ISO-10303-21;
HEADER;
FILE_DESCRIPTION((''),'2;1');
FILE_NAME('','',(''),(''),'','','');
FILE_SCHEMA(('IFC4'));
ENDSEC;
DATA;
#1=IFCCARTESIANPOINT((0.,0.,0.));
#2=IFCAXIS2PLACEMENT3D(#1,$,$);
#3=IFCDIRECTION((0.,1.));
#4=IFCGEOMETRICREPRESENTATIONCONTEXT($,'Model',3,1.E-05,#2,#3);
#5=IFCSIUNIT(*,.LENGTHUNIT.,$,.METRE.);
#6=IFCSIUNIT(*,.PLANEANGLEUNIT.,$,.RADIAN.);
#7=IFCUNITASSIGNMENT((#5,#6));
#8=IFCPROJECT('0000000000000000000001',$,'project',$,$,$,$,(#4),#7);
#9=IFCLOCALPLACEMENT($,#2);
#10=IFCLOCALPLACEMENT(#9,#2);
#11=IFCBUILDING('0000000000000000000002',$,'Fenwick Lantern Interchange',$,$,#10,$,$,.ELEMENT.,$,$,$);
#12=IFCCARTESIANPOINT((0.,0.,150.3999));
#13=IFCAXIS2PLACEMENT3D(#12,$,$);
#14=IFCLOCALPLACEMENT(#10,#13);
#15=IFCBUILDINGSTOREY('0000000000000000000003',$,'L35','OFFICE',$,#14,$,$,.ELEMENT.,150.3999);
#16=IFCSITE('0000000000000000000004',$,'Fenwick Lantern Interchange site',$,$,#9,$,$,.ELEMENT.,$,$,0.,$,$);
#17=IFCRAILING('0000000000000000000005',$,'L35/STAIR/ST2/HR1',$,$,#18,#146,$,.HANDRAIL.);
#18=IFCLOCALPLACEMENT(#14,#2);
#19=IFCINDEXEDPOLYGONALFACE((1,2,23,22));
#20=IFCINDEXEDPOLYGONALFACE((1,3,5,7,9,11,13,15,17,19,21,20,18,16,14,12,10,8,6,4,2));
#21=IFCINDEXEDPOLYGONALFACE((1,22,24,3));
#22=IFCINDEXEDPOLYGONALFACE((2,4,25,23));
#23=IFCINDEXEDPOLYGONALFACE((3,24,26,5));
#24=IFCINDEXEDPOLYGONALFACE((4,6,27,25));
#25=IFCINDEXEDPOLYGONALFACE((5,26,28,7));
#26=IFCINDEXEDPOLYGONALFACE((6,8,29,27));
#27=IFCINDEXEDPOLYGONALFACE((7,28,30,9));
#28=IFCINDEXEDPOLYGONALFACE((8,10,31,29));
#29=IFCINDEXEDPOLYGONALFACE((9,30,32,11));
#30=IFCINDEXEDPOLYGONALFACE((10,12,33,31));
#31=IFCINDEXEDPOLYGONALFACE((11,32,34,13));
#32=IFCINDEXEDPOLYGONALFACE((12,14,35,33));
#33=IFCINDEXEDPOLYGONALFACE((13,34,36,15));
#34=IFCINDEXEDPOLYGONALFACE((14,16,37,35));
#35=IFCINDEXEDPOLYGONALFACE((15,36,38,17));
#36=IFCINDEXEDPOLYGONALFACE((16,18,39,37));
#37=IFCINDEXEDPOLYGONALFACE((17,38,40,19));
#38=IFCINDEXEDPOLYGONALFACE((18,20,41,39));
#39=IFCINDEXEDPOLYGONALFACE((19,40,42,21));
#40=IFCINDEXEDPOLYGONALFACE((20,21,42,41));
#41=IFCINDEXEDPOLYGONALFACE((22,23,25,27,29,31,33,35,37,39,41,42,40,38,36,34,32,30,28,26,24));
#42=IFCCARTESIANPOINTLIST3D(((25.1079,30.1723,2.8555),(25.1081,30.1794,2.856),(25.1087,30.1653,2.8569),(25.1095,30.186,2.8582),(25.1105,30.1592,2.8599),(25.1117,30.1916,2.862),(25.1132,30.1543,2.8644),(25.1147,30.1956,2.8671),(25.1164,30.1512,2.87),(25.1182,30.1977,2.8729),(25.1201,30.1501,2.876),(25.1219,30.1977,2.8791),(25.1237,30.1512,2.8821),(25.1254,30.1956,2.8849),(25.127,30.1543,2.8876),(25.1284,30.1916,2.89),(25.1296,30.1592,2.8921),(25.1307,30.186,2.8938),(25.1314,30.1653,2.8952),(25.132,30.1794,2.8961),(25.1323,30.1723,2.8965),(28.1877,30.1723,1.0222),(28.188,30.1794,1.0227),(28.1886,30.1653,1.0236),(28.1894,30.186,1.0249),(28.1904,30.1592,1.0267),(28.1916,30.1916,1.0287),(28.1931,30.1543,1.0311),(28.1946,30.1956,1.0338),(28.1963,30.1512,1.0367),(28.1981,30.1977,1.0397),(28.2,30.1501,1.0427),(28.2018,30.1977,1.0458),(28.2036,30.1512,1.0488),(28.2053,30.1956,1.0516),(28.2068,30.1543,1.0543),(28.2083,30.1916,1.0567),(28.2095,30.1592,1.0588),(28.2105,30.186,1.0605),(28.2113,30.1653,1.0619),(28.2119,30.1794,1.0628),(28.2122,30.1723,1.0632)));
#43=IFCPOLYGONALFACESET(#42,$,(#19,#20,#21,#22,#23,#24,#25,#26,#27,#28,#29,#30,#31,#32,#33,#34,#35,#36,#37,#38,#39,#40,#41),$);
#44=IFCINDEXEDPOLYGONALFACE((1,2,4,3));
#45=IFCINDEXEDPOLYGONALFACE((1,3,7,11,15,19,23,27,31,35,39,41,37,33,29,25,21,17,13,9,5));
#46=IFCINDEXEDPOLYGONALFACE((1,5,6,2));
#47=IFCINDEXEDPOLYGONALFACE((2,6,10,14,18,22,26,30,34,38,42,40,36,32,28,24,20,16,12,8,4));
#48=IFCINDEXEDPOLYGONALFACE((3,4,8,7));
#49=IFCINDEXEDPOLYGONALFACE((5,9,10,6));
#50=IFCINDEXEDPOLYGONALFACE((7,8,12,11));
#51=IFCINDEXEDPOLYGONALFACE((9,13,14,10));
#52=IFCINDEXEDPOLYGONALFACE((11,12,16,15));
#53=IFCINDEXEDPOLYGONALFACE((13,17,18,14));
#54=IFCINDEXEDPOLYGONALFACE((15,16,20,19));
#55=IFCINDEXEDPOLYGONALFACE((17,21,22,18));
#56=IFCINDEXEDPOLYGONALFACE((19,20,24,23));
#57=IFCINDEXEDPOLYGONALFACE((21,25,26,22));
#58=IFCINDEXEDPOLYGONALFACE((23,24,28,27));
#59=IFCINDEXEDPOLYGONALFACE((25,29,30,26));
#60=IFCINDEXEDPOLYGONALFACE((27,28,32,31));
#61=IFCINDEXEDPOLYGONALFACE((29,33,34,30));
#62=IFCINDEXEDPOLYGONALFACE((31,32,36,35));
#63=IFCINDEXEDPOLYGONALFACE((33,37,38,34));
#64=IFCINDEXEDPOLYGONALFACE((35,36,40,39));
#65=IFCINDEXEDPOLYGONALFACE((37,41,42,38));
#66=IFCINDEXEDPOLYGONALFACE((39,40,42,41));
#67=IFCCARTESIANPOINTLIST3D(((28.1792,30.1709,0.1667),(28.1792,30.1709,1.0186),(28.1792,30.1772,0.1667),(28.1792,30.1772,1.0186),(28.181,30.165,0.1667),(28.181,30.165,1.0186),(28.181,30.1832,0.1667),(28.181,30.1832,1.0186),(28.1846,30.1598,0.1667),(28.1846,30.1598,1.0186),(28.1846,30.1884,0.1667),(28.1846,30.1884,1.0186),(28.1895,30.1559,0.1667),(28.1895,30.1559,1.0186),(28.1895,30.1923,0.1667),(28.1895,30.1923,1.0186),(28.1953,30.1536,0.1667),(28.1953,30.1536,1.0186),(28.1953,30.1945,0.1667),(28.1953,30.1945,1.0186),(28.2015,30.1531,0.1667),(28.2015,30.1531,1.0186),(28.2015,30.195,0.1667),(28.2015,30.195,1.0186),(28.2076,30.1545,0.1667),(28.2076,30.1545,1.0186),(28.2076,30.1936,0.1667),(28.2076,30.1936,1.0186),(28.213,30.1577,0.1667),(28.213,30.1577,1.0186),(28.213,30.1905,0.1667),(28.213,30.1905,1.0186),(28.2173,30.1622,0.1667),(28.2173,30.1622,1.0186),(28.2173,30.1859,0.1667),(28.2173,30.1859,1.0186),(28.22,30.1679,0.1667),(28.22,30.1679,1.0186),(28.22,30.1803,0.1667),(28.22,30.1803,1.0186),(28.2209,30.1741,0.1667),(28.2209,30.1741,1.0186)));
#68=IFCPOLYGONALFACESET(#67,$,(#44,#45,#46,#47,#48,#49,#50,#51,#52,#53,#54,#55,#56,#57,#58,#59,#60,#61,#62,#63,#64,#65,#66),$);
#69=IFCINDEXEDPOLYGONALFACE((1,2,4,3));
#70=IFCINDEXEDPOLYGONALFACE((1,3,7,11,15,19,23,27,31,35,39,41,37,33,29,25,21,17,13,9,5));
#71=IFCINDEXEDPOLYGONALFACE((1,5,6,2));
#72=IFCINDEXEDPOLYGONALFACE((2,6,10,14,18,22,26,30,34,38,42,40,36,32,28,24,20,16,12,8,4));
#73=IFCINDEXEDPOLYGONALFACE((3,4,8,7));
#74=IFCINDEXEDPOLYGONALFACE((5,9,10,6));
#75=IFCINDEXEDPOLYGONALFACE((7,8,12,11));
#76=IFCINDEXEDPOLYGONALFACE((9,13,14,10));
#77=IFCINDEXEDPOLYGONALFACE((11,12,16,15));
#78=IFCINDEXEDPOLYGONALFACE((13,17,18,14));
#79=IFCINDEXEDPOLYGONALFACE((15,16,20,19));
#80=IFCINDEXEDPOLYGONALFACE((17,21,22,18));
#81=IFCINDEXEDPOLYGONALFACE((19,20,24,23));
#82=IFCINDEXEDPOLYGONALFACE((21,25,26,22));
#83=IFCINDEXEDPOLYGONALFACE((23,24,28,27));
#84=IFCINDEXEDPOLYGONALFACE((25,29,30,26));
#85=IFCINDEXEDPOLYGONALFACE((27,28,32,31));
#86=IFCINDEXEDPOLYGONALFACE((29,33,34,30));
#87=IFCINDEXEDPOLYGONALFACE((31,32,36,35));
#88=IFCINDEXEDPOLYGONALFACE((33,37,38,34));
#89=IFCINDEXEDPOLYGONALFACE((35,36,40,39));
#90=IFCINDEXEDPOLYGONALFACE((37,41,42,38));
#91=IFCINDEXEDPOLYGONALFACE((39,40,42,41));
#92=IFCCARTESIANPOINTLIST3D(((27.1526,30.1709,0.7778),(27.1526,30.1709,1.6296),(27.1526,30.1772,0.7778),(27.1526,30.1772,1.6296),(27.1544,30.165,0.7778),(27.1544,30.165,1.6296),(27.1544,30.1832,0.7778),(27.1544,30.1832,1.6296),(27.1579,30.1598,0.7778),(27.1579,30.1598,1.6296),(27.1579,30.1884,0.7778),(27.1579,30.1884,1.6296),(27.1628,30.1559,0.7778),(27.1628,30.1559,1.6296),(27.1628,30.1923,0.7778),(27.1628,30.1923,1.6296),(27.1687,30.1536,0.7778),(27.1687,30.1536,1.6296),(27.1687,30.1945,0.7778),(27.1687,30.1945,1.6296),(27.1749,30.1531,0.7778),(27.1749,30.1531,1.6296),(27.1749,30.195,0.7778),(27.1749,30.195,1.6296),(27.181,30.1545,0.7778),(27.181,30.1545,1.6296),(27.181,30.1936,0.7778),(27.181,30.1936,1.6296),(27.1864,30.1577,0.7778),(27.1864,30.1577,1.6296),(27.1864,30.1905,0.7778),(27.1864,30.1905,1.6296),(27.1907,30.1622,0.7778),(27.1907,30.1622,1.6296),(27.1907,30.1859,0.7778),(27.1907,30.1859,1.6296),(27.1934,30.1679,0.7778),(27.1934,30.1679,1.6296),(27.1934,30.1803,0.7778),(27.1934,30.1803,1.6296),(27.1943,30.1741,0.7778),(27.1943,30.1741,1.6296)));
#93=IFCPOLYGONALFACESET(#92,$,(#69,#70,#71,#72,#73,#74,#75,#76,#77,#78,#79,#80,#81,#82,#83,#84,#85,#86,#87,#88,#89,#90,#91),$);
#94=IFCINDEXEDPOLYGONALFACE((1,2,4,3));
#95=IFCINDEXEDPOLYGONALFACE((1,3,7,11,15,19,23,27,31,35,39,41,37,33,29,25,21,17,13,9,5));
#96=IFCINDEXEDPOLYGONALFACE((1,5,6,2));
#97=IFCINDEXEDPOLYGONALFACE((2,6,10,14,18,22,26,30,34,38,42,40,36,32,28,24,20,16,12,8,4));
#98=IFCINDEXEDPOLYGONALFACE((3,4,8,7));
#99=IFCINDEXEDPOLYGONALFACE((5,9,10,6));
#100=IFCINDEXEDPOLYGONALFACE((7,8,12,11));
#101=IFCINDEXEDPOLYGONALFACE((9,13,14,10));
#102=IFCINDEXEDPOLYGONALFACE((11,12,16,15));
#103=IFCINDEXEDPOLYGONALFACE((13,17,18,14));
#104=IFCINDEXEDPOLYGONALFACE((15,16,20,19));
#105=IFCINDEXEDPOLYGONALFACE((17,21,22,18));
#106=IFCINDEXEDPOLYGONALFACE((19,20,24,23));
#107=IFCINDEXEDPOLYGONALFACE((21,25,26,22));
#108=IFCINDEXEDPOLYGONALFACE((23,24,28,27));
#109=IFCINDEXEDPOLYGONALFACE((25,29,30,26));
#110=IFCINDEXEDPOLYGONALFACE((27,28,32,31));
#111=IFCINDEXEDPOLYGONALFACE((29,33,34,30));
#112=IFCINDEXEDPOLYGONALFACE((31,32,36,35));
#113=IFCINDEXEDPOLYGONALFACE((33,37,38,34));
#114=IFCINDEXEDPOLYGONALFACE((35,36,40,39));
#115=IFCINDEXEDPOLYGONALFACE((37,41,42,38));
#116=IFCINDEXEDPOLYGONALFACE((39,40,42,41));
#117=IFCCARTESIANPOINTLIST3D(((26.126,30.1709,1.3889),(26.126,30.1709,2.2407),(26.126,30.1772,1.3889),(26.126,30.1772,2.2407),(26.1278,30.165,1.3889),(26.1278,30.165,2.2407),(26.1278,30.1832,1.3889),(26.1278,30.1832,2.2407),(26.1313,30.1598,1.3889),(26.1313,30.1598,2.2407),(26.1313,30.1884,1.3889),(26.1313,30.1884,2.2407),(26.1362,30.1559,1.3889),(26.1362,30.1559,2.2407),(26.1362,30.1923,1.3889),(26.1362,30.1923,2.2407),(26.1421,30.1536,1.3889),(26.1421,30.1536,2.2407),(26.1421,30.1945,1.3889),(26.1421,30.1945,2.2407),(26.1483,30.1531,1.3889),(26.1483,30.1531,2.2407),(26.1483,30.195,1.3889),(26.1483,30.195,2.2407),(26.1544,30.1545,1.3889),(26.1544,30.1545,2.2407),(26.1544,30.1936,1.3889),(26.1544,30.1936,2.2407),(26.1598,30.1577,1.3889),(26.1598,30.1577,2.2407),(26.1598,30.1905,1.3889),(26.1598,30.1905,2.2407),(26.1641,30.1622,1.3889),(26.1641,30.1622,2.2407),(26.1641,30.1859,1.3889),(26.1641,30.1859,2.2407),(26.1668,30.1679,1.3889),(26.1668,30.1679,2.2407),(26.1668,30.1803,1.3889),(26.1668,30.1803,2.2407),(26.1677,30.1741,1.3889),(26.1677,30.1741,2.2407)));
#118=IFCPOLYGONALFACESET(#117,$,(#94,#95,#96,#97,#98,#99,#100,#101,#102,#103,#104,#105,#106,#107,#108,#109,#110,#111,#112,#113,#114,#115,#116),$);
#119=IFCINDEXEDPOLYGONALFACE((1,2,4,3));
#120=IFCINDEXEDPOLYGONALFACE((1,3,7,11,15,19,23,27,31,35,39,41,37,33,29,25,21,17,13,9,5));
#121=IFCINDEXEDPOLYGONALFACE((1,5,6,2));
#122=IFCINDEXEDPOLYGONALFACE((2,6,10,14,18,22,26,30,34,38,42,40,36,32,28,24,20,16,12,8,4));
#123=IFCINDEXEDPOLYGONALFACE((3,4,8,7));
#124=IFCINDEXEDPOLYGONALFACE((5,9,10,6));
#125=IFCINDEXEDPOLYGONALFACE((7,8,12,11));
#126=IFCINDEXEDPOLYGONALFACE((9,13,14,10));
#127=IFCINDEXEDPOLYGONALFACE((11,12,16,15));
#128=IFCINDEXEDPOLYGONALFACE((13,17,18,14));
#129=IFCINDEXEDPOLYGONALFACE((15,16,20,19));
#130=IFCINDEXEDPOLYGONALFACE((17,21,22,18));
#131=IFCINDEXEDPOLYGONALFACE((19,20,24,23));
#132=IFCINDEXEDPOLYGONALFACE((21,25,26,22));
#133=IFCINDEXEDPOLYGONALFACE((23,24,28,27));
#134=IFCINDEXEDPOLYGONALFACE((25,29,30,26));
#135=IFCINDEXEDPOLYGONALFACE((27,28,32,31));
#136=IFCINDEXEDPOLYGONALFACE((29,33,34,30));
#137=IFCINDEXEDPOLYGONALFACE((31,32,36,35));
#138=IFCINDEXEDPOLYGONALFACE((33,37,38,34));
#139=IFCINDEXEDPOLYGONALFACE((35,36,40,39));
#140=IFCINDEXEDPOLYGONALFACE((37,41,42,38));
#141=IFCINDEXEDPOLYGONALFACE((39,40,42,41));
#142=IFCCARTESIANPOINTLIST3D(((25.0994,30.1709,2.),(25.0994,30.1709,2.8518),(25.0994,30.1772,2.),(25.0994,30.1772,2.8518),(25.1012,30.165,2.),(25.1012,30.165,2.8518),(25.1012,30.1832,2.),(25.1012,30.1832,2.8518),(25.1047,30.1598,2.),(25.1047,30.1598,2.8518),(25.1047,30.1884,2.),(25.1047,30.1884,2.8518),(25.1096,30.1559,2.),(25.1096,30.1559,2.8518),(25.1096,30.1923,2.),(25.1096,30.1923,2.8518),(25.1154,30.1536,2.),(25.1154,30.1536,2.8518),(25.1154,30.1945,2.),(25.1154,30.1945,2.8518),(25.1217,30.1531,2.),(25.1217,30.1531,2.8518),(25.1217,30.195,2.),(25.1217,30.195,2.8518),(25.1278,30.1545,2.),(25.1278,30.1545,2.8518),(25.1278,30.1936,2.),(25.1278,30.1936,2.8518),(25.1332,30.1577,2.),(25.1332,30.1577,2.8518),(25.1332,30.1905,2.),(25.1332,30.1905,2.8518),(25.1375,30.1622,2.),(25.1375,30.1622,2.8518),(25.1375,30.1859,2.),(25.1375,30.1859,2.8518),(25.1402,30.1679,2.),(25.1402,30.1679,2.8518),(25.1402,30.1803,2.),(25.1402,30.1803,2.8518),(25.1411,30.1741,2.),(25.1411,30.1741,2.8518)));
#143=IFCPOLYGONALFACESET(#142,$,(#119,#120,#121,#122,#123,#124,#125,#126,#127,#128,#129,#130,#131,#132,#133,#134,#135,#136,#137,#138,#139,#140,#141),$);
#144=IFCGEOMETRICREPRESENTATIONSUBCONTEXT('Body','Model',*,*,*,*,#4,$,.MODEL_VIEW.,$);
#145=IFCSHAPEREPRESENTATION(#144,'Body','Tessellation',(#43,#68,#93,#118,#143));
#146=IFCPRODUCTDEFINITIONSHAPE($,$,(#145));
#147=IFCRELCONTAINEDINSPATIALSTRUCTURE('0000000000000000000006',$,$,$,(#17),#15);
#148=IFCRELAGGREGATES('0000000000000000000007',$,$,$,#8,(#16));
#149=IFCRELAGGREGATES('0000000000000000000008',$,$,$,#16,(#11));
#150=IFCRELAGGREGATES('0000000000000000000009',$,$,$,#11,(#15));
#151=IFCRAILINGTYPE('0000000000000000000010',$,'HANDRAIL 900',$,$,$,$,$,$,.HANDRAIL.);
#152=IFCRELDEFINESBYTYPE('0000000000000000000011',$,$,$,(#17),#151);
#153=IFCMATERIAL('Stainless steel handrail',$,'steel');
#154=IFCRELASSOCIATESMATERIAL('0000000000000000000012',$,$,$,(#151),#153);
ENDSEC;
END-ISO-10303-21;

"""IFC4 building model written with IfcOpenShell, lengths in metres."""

from ifc_helpers import new_model, si_unit, direction, frame, origin, origin_2d, place, context, subcontext, project, spatial, circle, extrude, material, type_object, element, save


model = new_model("IFC4")

# Units and contexts
model_context = context("Model", 3, precision=1e-05, world=origin(), true_north=direction((0.0, 1.0)))
body_context = subcontext(model_context, "Body", "Model", "MODEL_VIEW")
ifc_project = project(units=[si_unit("LENGTHUNIT", "METRE"), si_unit("PLANEANGLEUNIT", "RADIAN")], contexts=[model_context])

# Site, building, storey
site_placement = place(None, origin())
site = spatial("IfcSite", under=ifc_project, at=site_placement, Name="Fenwick Lantern Interchange site", CompositionType="ELEMENT", RefElevation=0.0)
building_placement = place(site_placement, origin())
building = spatial("IfcBuilding", under=site, at=building_placement, Name="Fenwick Lantern Interchange", CompositionType="ELEMENT")
storey_placement = place(building_placement, frame((0.0, 0.0, 150.3999)))
storey = spatial("IfcBuildingStorey", under=building, at=storey_placement, Name="L35", Description="OFFICE", CompositionType="ELEMENT", Elevation=150.3999)

# Railing
ifc_material_1 = material(Name="Stainless steel handrail", Category="steel")
railing_type = type_object("IfcRailingType", Name="HANDRAIL 900", PredefinedType="HANDRAIL", material=ifc_material_1)
railing_1_placement = place(storey_placement, frame((28.2, 30.1741, 0.1667)))
element("IfcRailing", 1, at=railing_1_placement, inside=storey, type_object=railing_type, Name="L35/STAIR/ST2/HR1", PredefinedType="HANDRAIL", context=body_context, shape_type="SweptSolid", body=[
    extrude(circle(Radius=0.0239, at=origin_2d()), frame((0.0, 0.0, 0.876), z_axis=(-0.859291, 0.0, 0.511487), x_axis=(0.0, -1.0, 0.0)), (0.0, 0.0, 1.0), 3.5842),
    extrude(circle(Radius=0.021, at=origin_2d()), origin(), (0.0, 0.0, 1.0), 0.8518),
    extrude(circle(Radius=0.021, at=origin_2d()), frame((-1.0266, 0.0, 0.6111)), (0.0, 0.0, 1.0), 0.8518),
    extrude(circle(Radius=0.021, at=origin_2d()), frame((-2.0532, 0.0, 1.2222)), (0.0, 0.0, 1.0), 0.8518),
    extrude(circle(Radius=0.021, at=origin_2d()), frame((-3.0798, 0.0, 1.8333)), (0.0, 0.0, 1.0), 0.8518),
])

save(model, "model.ifc")
